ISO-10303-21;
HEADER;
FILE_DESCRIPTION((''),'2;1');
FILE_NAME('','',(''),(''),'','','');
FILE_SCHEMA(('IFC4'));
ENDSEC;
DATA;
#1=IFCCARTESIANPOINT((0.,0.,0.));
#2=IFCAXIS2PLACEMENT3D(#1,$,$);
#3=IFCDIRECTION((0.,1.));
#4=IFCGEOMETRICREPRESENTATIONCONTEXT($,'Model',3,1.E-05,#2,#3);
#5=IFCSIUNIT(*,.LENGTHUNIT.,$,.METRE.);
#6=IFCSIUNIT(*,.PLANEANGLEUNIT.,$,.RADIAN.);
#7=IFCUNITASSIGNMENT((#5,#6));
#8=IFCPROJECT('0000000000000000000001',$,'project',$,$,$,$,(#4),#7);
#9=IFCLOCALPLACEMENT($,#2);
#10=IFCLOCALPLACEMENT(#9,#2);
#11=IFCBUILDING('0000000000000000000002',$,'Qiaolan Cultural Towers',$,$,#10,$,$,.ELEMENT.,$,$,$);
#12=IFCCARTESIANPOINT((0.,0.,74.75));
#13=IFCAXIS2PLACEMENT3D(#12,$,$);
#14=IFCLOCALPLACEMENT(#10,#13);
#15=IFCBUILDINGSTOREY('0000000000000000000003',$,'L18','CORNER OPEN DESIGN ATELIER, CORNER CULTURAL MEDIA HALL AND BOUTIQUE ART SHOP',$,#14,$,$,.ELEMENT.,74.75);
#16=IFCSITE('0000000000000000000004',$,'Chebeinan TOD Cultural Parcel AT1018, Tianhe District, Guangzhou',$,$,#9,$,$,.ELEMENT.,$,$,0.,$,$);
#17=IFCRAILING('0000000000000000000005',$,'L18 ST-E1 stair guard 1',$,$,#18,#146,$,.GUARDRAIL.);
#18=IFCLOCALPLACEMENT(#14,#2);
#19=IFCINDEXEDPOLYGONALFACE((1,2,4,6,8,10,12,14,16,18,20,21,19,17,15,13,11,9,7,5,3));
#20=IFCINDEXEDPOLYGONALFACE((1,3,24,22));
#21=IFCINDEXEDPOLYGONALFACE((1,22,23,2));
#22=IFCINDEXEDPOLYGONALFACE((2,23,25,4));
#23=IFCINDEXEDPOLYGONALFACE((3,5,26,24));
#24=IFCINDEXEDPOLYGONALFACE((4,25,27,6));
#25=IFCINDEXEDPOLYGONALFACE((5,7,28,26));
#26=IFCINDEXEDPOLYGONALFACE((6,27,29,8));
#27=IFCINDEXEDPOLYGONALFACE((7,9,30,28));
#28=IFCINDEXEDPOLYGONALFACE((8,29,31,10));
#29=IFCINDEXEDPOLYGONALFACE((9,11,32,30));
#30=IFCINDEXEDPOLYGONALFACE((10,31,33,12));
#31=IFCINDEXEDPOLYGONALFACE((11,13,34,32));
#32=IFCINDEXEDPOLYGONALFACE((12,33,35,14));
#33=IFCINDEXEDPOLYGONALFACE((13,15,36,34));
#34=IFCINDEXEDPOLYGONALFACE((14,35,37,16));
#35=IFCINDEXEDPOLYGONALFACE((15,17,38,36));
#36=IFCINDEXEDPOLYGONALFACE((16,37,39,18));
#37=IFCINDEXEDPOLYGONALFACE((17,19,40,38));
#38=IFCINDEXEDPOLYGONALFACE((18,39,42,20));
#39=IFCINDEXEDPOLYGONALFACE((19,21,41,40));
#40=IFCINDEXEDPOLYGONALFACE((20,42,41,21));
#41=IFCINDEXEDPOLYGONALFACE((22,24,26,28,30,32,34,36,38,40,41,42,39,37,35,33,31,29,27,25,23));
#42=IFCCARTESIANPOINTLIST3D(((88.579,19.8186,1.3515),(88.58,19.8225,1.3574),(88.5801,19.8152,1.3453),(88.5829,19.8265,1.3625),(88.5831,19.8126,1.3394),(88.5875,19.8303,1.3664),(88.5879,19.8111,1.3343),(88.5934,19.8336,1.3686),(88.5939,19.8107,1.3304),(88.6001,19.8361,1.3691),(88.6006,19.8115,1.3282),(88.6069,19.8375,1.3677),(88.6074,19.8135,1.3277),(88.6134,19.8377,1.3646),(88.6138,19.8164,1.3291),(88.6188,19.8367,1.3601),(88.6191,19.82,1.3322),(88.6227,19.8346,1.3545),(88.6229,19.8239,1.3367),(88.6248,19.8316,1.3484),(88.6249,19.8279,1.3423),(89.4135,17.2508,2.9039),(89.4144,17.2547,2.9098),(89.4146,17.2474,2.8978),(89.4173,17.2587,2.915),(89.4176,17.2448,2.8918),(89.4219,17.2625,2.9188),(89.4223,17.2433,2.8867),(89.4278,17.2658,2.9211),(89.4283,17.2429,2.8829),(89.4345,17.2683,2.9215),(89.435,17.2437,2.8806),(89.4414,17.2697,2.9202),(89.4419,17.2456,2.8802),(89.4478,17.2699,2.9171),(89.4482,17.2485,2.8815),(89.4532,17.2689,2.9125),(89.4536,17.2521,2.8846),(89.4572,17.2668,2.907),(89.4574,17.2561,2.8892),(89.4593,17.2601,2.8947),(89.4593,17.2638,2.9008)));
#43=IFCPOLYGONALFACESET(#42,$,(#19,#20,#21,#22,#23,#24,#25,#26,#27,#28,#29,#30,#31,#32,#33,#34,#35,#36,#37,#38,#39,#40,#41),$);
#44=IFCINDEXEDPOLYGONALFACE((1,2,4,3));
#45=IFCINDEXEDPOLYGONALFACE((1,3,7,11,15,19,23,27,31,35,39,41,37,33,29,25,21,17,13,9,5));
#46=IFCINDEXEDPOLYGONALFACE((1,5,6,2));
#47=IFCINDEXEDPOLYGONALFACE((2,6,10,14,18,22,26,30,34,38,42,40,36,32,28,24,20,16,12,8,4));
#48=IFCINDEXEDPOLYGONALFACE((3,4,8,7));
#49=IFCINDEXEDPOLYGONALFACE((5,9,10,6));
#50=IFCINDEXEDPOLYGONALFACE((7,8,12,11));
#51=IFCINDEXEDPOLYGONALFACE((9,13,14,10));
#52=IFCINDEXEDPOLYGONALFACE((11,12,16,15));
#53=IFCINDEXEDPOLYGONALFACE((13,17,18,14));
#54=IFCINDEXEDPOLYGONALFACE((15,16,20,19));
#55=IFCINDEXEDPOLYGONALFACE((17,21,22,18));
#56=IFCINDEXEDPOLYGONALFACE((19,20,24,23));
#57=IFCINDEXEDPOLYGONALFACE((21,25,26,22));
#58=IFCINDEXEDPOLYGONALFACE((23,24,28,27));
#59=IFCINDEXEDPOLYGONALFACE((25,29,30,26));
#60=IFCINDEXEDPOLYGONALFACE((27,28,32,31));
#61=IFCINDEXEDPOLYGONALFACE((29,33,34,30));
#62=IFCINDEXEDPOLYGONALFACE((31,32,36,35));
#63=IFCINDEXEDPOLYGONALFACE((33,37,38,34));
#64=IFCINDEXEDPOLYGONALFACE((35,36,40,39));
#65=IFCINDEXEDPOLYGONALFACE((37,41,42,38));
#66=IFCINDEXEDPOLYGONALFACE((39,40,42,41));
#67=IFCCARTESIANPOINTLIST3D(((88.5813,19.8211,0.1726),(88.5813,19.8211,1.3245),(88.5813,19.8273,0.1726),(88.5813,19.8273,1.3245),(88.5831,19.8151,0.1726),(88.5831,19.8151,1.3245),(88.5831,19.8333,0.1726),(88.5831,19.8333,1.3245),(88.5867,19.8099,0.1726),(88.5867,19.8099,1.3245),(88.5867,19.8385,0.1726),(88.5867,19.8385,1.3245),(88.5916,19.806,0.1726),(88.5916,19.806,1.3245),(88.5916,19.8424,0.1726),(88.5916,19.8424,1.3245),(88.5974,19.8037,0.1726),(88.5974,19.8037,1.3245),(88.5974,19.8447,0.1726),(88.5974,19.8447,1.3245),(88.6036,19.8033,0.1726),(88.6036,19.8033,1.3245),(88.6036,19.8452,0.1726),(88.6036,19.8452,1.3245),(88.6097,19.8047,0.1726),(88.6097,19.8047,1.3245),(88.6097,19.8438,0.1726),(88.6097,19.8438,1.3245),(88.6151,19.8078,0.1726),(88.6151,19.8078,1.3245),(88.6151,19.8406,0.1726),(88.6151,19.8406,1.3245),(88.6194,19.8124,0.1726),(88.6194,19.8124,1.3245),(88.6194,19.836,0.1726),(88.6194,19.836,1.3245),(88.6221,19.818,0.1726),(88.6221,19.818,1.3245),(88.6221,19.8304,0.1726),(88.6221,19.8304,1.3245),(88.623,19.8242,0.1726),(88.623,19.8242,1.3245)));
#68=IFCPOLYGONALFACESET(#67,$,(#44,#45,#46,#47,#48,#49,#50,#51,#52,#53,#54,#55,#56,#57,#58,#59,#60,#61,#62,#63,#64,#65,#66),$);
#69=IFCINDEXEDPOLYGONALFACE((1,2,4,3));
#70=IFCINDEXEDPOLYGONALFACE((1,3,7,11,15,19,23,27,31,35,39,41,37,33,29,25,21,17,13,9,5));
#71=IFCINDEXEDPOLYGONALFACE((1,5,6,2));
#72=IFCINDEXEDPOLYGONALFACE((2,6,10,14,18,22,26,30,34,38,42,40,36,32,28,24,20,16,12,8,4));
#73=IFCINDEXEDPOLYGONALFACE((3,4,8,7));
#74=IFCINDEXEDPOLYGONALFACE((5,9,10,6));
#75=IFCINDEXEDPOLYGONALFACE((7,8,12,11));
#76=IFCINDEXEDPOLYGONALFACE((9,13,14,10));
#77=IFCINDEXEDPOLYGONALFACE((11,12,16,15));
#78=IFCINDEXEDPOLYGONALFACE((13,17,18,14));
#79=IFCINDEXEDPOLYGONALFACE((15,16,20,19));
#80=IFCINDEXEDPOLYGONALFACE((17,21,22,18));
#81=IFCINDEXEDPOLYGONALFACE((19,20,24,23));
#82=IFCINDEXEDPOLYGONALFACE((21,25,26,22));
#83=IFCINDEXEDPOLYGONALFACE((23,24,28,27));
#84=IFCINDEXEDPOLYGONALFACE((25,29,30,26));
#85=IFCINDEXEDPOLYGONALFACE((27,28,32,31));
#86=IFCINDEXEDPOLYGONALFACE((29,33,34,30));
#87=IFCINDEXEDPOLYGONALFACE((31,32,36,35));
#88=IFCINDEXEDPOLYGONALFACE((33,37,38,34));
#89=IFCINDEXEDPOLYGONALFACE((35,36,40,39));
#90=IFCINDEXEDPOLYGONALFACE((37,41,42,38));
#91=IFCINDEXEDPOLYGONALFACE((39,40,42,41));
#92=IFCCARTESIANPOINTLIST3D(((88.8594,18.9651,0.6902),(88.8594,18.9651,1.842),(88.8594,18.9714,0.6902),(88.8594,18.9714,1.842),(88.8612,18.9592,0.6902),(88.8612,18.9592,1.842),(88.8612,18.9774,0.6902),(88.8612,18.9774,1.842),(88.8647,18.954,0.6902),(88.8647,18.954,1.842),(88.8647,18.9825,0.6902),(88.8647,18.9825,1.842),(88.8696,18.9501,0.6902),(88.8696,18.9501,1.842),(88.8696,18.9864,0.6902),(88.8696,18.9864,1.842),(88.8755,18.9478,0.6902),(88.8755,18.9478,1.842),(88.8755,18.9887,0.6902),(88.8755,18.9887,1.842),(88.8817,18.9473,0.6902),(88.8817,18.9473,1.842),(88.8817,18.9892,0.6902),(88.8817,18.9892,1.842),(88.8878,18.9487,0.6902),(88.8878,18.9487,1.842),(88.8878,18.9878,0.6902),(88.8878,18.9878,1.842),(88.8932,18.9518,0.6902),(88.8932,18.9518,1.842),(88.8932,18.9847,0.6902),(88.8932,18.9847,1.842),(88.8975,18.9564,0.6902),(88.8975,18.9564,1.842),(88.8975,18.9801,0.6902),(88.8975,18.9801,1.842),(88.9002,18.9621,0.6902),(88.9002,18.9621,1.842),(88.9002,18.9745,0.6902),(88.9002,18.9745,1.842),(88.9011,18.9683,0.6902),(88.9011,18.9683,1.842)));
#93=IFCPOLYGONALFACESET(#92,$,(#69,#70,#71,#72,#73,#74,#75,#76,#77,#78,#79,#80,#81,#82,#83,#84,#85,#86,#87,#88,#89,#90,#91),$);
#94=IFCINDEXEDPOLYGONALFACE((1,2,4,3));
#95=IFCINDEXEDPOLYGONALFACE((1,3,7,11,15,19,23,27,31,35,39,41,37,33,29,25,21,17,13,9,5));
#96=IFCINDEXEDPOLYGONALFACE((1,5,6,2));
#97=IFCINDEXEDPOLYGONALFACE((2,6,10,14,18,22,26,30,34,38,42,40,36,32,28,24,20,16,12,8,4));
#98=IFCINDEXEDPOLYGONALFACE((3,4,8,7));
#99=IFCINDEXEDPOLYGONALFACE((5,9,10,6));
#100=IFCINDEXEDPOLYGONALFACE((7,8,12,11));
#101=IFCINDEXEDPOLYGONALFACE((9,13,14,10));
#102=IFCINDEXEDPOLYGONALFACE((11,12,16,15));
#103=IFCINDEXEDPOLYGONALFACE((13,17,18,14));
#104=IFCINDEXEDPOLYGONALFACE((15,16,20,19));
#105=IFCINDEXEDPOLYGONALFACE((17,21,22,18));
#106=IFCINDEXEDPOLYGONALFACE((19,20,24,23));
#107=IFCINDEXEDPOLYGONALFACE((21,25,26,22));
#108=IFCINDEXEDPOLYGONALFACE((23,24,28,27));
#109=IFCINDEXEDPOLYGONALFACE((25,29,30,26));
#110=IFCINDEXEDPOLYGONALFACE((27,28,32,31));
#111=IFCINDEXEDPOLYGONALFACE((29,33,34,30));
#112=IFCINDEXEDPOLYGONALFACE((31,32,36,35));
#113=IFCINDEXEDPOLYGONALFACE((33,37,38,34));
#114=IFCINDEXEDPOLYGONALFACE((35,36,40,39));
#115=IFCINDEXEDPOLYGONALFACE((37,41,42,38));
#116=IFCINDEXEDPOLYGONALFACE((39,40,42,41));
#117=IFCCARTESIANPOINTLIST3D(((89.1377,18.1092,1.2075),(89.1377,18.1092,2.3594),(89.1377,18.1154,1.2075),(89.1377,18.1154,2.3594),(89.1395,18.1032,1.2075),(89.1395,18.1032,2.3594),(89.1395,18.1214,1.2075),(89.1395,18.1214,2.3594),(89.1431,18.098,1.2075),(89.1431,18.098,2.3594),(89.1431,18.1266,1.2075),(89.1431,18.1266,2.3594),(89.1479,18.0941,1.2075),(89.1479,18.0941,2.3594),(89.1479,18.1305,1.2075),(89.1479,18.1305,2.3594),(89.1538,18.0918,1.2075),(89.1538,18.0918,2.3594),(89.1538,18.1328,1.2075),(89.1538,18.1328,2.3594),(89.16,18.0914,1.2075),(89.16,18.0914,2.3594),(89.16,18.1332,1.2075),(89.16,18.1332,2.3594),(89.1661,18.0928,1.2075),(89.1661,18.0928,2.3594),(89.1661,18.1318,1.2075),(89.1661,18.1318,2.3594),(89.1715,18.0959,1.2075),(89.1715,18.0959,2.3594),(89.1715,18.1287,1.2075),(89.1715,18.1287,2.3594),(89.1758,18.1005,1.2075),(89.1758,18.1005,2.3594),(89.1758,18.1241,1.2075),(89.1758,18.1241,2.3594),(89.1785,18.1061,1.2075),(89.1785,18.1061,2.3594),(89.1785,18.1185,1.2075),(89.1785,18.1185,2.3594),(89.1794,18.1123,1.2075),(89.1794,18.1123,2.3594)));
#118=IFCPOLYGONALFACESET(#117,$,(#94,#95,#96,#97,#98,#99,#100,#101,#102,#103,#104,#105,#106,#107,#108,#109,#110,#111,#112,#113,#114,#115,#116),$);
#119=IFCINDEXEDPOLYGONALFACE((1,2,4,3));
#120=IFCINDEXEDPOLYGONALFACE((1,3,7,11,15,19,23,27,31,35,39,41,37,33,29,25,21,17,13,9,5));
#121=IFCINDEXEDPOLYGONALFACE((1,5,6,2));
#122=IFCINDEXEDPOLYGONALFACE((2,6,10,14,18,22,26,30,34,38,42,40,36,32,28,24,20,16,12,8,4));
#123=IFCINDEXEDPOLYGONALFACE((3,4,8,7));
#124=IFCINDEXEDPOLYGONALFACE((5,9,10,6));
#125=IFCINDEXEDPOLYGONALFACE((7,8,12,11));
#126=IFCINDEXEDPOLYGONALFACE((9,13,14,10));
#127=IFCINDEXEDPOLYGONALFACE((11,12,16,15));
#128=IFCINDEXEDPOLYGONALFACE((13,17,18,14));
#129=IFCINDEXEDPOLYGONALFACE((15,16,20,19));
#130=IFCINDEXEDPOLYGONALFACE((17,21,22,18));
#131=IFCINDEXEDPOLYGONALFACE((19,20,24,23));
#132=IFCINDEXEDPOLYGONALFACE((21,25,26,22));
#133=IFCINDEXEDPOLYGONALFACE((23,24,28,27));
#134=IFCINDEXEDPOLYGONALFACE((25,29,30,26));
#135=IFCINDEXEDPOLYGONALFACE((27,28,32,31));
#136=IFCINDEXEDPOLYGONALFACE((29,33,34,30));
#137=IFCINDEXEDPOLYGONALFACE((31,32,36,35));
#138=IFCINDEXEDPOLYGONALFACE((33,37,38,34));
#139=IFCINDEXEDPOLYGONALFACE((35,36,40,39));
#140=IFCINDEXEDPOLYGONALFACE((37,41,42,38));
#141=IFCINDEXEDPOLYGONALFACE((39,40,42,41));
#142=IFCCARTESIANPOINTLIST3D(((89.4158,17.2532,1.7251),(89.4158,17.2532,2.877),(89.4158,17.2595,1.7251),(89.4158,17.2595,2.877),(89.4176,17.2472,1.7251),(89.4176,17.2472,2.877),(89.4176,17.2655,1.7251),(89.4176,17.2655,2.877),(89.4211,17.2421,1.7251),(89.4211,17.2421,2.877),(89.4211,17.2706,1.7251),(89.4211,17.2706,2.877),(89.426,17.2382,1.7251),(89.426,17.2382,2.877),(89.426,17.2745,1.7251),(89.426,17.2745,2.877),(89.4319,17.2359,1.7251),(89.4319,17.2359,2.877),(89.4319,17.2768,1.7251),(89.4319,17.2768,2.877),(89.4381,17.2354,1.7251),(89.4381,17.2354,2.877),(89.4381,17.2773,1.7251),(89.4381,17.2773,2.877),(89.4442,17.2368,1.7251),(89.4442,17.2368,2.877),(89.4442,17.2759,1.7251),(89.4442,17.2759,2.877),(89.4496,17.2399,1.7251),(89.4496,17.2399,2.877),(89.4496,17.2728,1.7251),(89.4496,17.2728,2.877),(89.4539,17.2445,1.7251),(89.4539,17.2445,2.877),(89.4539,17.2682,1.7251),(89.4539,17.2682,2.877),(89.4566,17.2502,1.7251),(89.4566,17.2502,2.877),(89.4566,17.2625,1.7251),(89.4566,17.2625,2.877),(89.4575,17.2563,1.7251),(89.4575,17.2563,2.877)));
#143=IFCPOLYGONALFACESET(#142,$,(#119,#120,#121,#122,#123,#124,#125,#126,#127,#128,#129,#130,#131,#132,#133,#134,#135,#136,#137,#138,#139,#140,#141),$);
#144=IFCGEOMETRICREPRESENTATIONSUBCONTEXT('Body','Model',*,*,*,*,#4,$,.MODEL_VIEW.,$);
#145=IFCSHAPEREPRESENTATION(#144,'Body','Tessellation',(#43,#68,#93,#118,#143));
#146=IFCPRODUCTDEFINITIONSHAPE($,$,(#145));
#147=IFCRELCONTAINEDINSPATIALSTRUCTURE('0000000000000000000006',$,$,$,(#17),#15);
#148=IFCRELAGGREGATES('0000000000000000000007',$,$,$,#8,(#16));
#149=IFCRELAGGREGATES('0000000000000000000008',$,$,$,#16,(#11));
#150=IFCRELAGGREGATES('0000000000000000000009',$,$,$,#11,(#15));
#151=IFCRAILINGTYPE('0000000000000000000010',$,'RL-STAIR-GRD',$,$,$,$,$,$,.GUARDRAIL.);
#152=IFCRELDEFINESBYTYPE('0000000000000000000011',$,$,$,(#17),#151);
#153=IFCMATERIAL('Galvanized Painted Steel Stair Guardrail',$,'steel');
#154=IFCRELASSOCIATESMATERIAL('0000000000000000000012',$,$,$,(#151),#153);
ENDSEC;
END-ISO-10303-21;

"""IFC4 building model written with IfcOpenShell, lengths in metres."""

from ifc_helpers import new_model, si_unit, direction, frame, origin, origin_2d, place, context, subcontext, project, spatial, circle, extrude, material, type_object, element, save


model = new_model("IFC4")

# Units and contexts
model_context = context("Model", 3, precision=1e-05, world=origin(), true_north=direction((0.0, 1.0)))
body_context = subcontext(model_context, "Body", "Model", "MODEL_VIEW")
ifc_project = project(units=[si_unit("LENGTHUNIT", "METRE"), si_unit("PLANEANGLEUNIT", "RADIAN")], contexts=[model_context])

# Site, building, storey
site_placement = place(None, origin())
site = spatial("IfcSite", under=ifc_project, at=site_placement, Name="Chebeinan TOD Cultural Parcel AT1018, Tianhe District, Guangzhou", CompositionType="ELEMENT", RefElevation=0.0)
building_placement = place(site_placement, origin())
building = spatial("IfcBuilding", under=site, at=building_placement, Name="Qiaolan Cultural Towers", CompositionType="ELEMENT")
storey_placement = place(building_placement, frame((0.0, 0.0, 74.75)))
storey = spatial("IfcBuildingStorey", under=building, at=storey_placement, Name="L18", Description="CORNER OPEN DESIGN ATELIER, CORNER CULTURAL MEDIA HALL AND BOUTIQUE ART SHOP", CompositionType="ELEMENT", Elevation=74.75)

# Railing
ifc_material_1 = material(Name="Galvanized Painted Steel Stair Guardrail", Category="steel")
railing_type = type_object("IfcRailingType", Name="RL-STAIR-GRD", PredefinedType="GUARDRAIL", material=ifc_material_1)
railing_1_placement = place(storey_placement, frame((88.6021, 19.8242, 0.1726)))
element("IfcRailing", 1, at=railing_1_placement, inside=storey, type_object=railing_type, Name="L18 ST-E1 stair guard 1", PredefinedType="GUARDRAIL", context=body_context, shape_type="SweptSolid", body=[
    extrude(circle(Radius=0.0239, at=origin_2d()), frame((0.0, 0.0, 1.1758), z_axis=(0.267926, -0.824471, 0.498461), x_axis=(0.951043, 0.309057, 0.0)), (0.0, 0.0, 1.0), 3.1145),
    extrude(circle(Radius=0.021, at=origin_2d()), origin(), (0.0, 0.0, 1.0), 1.1519),
    extrude(circle(Radius=0.021, at=origin_2d()), frame((0.2781, -0.856, 0.5176)), (0.0, 0.0, 1.0), 1.1519),
    extrude(circle(Radius=0.021, at=origin_2d()), frame((0.5564, -1.7119, 1.0349)), (0.0, 0.0, 1.0), 1.1519),
    extrude(circle(Radius=0.021, at=origin_2d()), frame((0.8345, -2.5679, 1.5525)), (0.0, 0.0, 1.0), 1.1519),
])

save(model, "model.ifc")
